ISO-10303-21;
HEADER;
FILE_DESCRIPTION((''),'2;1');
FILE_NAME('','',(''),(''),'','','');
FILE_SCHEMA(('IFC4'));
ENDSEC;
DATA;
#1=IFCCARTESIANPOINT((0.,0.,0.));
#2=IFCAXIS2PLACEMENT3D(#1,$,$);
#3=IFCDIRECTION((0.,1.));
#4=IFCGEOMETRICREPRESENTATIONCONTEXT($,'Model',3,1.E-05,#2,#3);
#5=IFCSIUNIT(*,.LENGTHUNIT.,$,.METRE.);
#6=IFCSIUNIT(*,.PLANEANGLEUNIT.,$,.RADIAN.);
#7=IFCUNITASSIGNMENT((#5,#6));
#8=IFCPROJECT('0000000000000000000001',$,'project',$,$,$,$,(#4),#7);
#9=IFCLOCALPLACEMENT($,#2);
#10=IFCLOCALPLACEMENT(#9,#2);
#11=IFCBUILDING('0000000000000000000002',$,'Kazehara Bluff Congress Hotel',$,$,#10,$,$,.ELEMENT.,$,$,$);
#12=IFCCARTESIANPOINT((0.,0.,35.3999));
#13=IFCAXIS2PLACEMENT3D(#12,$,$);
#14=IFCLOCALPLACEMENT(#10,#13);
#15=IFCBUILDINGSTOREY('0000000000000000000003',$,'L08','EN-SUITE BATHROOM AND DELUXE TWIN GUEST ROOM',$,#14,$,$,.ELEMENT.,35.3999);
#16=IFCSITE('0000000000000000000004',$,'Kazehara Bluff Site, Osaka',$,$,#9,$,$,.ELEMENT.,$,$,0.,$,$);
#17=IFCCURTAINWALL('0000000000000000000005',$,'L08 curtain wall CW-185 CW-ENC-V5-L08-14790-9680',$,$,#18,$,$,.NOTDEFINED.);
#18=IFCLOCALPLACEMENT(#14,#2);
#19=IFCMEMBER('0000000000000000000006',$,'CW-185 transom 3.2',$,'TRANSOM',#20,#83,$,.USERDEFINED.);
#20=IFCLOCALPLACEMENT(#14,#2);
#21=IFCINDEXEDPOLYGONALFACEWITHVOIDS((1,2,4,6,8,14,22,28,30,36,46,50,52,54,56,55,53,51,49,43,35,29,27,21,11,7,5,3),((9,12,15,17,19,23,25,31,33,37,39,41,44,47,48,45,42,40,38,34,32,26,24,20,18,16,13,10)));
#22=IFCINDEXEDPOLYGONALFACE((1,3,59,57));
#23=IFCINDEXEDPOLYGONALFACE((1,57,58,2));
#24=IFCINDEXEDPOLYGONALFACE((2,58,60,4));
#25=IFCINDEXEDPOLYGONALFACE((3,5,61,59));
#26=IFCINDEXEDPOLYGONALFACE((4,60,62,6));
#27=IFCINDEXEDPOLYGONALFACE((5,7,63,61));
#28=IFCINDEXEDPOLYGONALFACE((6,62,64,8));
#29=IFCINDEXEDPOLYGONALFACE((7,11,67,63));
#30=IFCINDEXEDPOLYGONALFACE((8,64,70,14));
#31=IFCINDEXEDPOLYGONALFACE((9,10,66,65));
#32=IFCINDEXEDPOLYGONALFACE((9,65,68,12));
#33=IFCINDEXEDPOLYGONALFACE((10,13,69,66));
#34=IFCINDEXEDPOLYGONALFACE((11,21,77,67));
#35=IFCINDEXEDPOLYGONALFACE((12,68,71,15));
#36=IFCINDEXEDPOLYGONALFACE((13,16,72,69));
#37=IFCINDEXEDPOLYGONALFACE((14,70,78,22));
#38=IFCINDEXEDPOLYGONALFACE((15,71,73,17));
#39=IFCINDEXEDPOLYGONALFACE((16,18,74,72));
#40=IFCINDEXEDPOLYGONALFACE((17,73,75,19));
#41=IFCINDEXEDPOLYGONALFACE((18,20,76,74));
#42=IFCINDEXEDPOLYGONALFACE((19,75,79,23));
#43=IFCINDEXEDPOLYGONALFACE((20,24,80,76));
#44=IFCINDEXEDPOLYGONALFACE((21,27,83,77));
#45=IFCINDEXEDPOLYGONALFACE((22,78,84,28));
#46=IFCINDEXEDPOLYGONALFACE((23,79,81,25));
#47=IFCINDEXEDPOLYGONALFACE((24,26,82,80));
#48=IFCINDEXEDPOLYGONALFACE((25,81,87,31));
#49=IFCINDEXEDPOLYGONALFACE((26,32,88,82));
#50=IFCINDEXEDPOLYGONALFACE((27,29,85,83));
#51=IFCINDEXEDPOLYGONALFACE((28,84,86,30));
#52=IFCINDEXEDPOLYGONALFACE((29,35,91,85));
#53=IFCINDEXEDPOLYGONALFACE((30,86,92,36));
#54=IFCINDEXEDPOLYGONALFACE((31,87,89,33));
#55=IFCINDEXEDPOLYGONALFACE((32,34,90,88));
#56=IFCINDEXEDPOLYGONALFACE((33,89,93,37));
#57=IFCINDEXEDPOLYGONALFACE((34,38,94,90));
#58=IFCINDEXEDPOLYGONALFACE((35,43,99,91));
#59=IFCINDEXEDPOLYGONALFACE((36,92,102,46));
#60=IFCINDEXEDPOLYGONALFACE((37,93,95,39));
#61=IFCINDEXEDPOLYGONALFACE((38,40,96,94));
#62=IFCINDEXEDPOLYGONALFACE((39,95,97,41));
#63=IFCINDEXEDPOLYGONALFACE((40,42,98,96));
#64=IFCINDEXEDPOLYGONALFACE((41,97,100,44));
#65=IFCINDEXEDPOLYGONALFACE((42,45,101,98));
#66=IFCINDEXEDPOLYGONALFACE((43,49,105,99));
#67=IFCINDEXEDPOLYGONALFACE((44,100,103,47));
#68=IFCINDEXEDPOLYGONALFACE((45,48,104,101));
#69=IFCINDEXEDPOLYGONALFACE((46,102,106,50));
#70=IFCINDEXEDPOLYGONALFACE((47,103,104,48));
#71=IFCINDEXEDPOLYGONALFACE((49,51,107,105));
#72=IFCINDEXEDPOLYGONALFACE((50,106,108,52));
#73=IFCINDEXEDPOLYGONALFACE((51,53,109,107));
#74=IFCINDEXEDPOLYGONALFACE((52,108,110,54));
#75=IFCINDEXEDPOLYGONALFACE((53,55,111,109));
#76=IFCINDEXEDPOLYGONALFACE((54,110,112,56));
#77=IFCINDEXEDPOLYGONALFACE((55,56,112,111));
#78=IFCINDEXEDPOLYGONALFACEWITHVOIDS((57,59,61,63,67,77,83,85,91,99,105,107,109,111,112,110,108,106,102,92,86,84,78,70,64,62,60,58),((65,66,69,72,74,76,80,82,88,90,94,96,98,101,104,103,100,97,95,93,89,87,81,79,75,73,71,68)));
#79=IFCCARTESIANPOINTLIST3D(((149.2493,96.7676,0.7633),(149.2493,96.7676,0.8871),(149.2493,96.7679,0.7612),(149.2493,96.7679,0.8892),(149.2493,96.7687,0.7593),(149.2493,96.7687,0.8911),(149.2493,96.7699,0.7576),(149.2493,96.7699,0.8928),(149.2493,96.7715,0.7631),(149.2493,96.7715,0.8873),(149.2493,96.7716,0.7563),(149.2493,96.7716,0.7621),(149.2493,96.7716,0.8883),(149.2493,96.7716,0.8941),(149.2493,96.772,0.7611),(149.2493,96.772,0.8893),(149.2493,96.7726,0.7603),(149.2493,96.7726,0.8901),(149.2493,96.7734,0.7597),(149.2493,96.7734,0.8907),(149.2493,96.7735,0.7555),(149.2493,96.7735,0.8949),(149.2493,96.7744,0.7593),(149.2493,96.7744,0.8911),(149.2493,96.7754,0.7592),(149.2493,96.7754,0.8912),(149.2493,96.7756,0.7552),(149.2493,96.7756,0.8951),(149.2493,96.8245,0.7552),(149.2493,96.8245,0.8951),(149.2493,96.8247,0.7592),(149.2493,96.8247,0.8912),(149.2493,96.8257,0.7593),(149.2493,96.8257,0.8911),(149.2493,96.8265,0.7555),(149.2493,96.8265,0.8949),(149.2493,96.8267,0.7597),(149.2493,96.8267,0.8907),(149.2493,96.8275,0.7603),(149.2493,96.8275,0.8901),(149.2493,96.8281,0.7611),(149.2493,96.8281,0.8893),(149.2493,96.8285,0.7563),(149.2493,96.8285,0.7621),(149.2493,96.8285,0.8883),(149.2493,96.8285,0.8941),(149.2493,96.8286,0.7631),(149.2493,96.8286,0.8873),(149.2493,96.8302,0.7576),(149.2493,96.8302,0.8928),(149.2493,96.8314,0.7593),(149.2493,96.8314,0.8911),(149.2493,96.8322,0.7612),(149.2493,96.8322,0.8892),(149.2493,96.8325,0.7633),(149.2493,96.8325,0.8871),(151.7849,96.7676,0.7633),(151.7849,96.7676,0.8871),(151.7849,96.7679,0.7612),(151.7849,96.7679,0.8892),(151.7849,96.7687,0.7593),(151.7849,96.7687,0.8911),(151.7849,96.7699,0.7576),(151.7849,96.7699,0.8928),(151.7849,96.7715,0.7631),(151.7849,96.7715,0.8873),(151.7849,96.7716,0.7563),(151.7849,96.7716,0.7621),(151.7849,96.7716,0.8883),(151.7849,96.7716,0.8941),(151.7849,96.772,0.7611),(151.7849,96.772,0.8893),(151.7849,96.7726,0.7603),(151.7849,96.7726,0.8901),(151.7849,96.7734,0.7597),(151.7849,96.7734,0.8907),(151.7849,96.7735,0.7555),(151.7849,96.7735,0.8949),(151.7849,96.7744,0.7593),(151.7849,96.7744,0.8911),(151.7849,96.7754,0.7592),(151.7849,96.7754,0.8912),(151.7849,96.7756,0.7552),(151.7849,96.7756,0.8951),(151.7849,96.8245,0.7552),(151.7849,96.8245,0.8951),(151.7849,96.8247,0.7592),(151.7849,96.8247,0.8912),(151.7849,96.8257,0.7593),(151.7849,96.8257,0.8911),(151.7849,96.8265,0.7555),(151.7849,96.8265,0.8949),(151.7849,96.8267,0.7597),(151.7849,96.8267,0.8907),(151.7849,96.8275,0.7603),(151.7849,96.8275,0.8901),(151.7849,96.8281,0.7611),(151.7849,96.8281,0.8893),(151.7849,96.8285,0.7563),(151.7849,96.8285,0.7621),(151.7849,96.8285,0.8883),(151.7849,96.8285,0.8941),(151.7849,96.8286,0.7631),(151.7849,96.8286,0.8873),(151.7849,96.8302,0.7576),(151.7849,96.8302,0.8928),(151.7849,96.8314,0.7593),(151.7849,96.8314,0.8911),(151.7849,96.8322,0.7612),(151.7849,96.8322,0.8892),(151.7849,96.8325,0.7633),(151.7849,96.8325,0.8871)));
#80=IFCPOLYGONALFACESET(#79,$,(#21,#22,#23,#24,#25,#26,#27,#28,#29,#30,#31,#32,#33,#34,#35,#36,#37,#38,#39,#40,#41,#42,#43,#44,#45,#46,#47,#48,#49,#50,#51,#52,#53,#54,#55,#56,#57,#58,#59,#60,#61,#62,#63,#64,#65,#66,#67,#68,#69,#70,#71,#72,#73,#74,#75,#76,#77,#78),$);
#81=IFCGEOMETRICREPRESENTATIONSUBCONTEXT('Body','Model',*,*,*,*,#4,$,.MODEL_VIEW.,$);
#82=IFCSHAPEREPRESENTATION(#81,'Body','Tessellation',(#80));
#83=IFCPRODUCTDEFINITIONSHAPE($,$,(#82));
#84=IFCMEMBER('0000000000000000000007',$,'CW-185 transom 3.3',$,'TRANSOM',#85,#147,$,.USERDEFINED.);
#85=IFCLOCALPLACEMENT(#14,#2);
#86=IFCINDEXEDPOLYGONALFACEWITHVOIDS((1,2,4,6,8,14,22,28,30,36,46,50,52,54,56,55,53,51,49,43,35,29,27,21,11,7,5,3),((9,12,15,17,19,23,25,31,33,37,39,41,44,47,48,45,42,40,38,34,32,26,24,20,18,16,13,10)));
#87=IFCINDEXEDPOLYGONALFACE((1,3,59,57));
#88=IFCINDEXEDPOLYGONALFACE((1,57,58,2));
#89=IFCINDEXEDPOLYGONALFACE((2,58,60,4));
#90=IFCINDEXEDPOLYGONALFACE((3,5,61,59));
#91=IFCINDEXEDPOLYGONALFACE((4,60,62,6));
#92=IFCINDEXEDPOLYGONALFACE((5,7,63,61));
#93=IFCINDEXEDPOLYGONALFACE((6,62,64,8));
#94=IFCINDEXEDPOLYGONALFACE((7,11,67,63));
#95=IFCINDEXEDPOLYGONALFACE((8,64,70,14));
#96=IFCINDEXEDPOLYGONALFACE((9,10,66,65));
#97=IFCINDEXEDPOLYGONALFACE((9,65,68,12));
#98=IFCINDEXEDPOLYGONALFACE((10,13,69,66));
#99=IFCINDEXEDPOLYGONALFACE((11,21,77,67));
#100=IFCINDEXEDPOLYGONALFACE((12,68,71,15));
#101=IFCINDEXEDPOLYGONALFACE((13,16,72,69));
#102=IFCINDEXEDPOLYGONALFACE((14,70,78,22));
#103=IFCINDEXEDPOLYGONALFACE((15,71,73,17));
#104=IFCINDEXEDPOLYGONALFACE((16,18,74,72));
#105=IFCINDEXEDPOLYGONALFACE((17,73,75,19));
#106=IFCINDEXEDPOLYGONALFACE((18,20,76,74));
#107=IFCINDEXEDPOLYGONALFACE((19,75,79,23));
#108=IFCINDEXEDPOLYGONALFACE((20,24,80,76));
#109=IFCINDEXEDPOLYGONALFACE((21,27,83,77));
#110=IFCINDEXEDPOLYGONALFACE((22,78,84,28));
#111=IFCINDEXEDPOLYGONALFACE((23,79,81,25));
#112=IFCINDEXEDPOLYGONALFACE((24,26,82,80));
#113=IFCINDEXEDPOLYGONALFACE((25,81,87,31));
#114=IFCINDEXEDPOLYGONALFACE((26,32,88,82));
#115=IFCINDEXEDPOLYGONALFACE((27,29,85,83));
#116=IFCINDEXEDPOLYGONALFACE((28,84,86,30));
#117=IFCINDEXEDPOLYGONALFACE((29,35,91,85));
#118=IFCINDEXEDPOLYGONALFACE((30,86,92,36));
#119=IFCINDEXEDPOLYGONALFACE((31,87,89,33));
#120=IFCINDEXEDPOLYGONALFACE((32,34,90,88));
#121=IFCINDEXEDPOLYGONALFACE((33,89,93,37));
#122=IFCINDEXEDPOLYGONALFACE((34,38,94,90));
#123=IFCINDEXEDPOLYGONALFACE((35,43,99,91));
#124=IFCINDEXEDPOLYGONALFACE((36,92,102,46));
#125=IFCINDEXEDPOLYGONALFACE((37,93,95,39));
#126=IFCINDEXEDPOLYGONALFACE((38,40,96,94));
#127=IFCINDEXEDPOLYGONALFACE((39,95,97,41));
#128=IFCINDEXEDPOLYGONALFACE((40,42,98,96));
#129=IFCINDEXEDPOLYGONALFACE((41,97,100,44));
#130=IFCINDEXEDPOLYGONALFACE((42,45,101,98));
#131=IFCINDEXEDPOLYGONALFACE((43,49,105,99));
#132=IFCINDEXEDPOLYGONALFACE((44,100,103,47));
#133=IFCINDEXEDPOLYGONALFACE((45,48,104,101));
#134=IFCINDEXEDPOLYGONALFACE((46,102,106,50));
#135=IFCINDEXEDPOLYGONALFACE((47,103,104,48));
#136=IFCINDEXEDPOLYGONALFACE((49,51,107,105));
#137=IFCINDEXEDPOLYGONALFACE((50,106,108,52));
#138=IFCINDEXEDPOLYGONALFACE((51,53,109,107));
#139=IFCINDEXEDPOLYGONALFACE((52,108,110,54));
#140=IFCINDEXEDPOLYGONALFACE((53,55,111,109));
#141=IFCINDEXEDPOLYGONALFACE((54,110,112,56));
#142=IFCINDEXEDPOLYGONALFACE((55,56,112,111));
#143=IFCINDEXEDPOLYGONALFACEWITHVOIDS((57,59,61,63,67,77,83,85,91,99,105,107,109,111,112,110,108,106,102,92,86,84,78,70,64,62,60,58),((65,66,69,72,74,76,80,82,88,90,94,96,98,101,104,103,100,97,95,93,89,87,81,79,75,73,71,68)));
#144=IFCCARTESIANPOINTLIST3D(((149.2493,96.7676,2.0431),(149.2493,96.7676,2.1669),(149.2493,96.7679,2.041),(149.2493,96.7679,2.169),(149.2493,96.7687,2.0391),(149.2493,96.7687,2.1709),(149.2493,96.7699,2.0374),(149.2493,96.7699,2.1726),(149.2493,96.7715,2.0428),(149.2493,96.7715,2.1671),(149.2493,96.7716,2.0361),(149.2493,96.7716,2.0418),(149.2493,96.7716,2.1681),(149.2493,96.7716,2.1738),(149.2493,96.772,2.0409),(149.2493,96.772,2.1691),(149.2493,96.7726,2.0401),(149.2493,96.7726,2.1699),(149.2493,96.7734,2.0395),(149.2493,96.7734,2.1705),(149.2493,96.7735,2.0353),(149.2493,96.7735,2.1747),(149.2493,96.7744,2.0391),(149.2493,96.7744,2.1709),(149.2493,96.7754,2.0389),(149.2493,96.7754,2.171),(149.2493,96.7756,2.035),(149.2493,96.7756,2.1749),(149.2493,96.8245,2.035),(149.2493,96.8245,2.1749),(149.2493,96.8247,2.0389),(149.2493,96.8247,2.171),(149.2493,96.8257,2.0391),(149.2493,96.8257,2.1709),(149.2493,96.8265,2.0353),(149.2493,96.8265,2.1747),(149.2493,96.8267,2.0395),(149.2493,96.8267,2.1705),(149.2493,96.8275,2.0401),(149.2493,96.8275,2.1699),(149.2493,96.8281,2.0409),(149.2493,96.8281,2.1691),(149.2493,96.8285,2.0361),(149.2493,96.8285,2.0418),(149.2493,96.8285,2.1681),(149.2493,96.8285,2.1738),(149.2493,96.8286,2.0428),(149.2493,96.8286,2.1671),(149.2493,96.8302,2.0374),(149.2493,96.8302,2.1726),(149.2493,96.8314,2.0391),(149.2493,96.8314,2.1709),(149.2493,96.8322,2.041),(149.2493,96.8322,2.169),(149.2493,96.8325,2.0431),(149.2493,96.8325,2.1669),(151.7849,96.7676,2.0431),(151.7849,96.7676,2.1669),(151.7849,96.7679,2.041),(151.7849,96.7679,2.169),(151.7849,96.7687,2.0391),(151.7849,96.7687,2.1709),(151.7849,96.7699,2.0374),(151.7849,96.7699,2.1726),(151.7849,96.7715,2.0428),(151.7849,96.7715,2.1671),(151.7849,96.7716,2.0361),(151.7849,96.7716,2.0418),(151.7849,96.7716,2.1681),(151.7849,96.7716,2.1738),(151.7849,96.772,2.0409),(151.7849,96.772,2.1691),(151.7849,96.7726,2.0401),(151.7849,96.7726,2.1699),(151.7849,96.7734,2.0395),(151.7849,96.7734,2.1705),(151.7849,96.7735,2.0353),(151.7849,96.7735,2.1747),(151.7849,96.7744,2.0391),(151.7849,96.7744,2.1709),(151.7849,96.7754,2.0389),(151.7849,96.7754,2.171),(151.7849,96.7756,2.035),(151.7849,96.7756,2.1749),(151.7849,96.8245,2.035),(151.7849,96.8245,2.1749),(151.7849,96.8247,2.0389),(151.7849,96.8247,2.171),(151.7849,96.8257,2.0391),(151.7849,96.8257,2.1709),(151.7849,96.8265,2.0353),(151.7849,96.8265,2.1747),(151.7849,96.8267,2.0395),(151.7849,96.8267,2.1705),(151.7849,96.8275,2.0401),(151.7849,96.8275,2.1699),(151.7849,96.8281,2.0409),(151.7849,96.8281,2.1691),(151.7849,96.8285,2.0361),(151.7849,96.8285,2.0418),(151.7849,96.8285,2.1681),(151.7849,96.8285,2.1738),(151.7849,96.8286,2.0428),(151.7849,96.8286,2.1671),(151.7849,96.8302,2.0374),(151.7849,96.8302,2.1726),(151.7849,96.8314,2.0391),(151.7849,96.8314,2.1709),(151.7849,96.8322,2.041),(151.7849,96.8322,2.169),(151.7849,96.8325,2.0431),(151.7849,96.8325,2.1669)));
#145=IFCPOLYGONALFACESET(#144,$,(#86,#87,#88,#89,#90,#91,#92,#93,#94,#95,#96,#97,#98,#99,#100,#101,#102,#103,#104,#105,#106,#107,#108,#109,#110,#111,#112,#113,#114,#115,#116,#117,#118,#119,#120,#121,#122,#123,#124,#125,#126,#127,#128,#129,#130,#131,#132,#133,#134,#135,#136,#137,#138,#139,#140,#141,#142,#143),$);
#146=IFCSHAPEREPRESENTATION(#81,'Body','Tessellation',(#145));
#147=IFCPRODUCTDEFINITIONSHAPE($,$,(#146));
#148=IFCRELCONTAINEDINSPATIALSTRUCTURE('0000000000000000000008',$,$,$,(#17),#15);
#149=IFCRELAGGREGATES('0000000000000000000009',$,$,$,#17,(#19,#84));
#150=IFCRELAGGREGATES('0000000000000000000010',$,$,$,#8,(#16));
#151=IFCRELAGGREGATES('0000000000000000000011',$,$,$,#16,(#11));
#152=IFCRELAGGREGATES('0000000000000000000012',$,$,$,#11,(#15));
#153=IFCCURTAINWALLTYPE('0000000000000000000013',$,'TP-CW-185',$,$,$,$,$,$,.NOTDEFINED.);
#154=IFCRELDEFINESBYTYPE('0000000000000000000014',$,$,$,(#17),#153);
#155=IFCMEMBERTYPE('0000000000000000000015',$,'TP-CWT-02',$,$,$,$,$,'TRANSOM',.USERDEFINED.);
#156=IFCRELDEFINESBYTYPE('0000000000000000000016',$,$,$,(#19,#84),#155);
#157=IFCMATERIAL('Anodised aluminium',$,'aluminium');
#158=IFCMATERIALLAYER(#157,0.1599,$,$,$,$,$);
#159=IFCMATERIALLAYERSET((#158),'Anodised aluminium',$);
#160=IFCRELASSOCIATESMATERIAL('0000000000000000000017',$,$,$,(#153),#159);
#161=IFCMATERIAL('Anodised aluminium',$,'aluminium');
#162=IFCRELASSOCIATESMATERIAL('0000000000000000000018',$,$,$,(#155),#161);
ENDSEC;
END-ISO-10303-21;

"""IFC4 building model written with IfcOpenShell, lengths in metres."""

from ifc_helpers import new_model, si_unit, direction, frame, origin, origin_2d, place, context, subcontext, project, spatial, hollow_rectangle, extrude, material, layer, layer_set, material_profile, profile_set, type_object, element, aggregate, save


model = new_model("IFC4")

# Units and contexts
model_context = context("Model", 3, precision=1e-05, world=origin(), true_north=direction((0.0, 1.0)))
body_context = subcontext(model_context, "Body", "Model", "MODEL_VIEW")
ifc_project = project(units=[si_unit("LENGTHUNIT", "METRE"), si_unit("PLANEANGLEUNIT", "RADIAN")], contexts=[model_context])

# Site, building, storey
site_placement = place(None, origin())
site = spatial("IfcSite", under=ifc_project, at=site_placement, Name="Kazehara Bluff Site, Osaka", CompositionType="ELEMENT", RefElevation=0.0)
building_placement = place(site_placement, origin())
building = spatial("IfcBuilding", under=site, at=building_placement, Name="Kazehara Bluff Congress Hotel", CompositionType="ELEMENT")
storey_placement = place(building_placement, frame((0.0, 0.0, 35.3999)))
storey = spatial("IfcBuildingStorey", under=building, at=storey_placement, Name="L08", Description="EN-SUITE BATHROOM AND DELUXE TWIN GUEST ROOM", CompositionType="ELEMENT", Elevation=35.3999)

# Curtain wall
ifc_material_1 = material(Name="Anodised aluminium", Category="aluminium")
ifc_layer_1 = layer(ifc_material_1, 0.1599)
ifc_layer_set_1 = layer_set([ifc_layer_1], Name="Anodised aluminium")
curtain_wall_type = type_object("IfcCurtainWallType", Name="TP-CW-185", PredefinedType="NOTDEFINED", material=ifc_layer_set_1)
curtain_wall_1_placement = place(storey_placement, origin())
curtain_wall_1 = element("IfcCurtainWall", 1, at=curtain_wall_1_placement, inside=storey, type_object=curtain_wall_type, Name="L08 curtain wall CW-185 CW-ENC-V5-L08-14790-9680", PredefinedType="NOTDEFINED")

# Members
ifc_material_2 = material(Name="Anodised aluminium", Category="aluminium")
ifc_material_profile_1 = material_profile(ifc_material_2, hollow_rectangle(XDim=0.0649, YDim=0.1399, WallThickness=0.0039, InnerFilletRadius=0.0039, OuterFilletRadius=0.0081, at=origin_2d()))
ifc_profile_set_1 = profile_set([ifc_material_profile_1], Name="Anodised aluminium")
member_type_1 = type_object("IfcMemberType", Name="TP-CWT-02", ElementType="TRANSOM", PredefinedType="USERDEFINED", material=ifc_profile_set_1)
member_1_placement = place(storey_placement, frame((149.2493, 96.8, 0.8252), z_axis=(1.0, 0.0, 0.0), x_axis=(0.0, 1.0, 0.0)))
member_1 = element("IfcMember", 2, at=member_1_placement, type_object=member_type_1, Name="CW-185 transom 3.2", ObjectType="TRANSOM", PredefinedType="USERDEFINED", context=body_context, shape_type="SweptSolid", body=[
    extrude(hollow_rectangle(XDim=0.0649, YDim=0.1399, WallThickness=0.0039, InnerFilletRadius=0.0039, OuterFilletRadius=0.0081, at=origin_2d()), origin(), (0.0, 0.0, 1.0), 2.5356),
])
member_2_placement = place(storey_placement, frame((149.2493, 96.8, 2.105), z_axis=(1.0, 0.0, 0.0), x_axis=(0.0, 1.0, 0.0)))
member_2 = element("IfcMember", 3, at=member_2_placement, type_object=member_type_1, Name="CW-185 transom 3.3", ObjectType="TRANSOM", PredefinedType="USERDEFINED", context=body_context, shape_type="SweptSolid", body=[
    extrude(hollow_rectangle(XDim=0.0649, YDim=0.1399, WallThickness=0.0039, InnerFilletRadius=0.0039, OuterFilletRadius=0.0081, at=origin_2d()), origin(), (0.0, 0.0, 1.0), 2.5356),
])

aggregate(curtain_wall_1, [member_1, member_2])

save(model, "model.ifc")
